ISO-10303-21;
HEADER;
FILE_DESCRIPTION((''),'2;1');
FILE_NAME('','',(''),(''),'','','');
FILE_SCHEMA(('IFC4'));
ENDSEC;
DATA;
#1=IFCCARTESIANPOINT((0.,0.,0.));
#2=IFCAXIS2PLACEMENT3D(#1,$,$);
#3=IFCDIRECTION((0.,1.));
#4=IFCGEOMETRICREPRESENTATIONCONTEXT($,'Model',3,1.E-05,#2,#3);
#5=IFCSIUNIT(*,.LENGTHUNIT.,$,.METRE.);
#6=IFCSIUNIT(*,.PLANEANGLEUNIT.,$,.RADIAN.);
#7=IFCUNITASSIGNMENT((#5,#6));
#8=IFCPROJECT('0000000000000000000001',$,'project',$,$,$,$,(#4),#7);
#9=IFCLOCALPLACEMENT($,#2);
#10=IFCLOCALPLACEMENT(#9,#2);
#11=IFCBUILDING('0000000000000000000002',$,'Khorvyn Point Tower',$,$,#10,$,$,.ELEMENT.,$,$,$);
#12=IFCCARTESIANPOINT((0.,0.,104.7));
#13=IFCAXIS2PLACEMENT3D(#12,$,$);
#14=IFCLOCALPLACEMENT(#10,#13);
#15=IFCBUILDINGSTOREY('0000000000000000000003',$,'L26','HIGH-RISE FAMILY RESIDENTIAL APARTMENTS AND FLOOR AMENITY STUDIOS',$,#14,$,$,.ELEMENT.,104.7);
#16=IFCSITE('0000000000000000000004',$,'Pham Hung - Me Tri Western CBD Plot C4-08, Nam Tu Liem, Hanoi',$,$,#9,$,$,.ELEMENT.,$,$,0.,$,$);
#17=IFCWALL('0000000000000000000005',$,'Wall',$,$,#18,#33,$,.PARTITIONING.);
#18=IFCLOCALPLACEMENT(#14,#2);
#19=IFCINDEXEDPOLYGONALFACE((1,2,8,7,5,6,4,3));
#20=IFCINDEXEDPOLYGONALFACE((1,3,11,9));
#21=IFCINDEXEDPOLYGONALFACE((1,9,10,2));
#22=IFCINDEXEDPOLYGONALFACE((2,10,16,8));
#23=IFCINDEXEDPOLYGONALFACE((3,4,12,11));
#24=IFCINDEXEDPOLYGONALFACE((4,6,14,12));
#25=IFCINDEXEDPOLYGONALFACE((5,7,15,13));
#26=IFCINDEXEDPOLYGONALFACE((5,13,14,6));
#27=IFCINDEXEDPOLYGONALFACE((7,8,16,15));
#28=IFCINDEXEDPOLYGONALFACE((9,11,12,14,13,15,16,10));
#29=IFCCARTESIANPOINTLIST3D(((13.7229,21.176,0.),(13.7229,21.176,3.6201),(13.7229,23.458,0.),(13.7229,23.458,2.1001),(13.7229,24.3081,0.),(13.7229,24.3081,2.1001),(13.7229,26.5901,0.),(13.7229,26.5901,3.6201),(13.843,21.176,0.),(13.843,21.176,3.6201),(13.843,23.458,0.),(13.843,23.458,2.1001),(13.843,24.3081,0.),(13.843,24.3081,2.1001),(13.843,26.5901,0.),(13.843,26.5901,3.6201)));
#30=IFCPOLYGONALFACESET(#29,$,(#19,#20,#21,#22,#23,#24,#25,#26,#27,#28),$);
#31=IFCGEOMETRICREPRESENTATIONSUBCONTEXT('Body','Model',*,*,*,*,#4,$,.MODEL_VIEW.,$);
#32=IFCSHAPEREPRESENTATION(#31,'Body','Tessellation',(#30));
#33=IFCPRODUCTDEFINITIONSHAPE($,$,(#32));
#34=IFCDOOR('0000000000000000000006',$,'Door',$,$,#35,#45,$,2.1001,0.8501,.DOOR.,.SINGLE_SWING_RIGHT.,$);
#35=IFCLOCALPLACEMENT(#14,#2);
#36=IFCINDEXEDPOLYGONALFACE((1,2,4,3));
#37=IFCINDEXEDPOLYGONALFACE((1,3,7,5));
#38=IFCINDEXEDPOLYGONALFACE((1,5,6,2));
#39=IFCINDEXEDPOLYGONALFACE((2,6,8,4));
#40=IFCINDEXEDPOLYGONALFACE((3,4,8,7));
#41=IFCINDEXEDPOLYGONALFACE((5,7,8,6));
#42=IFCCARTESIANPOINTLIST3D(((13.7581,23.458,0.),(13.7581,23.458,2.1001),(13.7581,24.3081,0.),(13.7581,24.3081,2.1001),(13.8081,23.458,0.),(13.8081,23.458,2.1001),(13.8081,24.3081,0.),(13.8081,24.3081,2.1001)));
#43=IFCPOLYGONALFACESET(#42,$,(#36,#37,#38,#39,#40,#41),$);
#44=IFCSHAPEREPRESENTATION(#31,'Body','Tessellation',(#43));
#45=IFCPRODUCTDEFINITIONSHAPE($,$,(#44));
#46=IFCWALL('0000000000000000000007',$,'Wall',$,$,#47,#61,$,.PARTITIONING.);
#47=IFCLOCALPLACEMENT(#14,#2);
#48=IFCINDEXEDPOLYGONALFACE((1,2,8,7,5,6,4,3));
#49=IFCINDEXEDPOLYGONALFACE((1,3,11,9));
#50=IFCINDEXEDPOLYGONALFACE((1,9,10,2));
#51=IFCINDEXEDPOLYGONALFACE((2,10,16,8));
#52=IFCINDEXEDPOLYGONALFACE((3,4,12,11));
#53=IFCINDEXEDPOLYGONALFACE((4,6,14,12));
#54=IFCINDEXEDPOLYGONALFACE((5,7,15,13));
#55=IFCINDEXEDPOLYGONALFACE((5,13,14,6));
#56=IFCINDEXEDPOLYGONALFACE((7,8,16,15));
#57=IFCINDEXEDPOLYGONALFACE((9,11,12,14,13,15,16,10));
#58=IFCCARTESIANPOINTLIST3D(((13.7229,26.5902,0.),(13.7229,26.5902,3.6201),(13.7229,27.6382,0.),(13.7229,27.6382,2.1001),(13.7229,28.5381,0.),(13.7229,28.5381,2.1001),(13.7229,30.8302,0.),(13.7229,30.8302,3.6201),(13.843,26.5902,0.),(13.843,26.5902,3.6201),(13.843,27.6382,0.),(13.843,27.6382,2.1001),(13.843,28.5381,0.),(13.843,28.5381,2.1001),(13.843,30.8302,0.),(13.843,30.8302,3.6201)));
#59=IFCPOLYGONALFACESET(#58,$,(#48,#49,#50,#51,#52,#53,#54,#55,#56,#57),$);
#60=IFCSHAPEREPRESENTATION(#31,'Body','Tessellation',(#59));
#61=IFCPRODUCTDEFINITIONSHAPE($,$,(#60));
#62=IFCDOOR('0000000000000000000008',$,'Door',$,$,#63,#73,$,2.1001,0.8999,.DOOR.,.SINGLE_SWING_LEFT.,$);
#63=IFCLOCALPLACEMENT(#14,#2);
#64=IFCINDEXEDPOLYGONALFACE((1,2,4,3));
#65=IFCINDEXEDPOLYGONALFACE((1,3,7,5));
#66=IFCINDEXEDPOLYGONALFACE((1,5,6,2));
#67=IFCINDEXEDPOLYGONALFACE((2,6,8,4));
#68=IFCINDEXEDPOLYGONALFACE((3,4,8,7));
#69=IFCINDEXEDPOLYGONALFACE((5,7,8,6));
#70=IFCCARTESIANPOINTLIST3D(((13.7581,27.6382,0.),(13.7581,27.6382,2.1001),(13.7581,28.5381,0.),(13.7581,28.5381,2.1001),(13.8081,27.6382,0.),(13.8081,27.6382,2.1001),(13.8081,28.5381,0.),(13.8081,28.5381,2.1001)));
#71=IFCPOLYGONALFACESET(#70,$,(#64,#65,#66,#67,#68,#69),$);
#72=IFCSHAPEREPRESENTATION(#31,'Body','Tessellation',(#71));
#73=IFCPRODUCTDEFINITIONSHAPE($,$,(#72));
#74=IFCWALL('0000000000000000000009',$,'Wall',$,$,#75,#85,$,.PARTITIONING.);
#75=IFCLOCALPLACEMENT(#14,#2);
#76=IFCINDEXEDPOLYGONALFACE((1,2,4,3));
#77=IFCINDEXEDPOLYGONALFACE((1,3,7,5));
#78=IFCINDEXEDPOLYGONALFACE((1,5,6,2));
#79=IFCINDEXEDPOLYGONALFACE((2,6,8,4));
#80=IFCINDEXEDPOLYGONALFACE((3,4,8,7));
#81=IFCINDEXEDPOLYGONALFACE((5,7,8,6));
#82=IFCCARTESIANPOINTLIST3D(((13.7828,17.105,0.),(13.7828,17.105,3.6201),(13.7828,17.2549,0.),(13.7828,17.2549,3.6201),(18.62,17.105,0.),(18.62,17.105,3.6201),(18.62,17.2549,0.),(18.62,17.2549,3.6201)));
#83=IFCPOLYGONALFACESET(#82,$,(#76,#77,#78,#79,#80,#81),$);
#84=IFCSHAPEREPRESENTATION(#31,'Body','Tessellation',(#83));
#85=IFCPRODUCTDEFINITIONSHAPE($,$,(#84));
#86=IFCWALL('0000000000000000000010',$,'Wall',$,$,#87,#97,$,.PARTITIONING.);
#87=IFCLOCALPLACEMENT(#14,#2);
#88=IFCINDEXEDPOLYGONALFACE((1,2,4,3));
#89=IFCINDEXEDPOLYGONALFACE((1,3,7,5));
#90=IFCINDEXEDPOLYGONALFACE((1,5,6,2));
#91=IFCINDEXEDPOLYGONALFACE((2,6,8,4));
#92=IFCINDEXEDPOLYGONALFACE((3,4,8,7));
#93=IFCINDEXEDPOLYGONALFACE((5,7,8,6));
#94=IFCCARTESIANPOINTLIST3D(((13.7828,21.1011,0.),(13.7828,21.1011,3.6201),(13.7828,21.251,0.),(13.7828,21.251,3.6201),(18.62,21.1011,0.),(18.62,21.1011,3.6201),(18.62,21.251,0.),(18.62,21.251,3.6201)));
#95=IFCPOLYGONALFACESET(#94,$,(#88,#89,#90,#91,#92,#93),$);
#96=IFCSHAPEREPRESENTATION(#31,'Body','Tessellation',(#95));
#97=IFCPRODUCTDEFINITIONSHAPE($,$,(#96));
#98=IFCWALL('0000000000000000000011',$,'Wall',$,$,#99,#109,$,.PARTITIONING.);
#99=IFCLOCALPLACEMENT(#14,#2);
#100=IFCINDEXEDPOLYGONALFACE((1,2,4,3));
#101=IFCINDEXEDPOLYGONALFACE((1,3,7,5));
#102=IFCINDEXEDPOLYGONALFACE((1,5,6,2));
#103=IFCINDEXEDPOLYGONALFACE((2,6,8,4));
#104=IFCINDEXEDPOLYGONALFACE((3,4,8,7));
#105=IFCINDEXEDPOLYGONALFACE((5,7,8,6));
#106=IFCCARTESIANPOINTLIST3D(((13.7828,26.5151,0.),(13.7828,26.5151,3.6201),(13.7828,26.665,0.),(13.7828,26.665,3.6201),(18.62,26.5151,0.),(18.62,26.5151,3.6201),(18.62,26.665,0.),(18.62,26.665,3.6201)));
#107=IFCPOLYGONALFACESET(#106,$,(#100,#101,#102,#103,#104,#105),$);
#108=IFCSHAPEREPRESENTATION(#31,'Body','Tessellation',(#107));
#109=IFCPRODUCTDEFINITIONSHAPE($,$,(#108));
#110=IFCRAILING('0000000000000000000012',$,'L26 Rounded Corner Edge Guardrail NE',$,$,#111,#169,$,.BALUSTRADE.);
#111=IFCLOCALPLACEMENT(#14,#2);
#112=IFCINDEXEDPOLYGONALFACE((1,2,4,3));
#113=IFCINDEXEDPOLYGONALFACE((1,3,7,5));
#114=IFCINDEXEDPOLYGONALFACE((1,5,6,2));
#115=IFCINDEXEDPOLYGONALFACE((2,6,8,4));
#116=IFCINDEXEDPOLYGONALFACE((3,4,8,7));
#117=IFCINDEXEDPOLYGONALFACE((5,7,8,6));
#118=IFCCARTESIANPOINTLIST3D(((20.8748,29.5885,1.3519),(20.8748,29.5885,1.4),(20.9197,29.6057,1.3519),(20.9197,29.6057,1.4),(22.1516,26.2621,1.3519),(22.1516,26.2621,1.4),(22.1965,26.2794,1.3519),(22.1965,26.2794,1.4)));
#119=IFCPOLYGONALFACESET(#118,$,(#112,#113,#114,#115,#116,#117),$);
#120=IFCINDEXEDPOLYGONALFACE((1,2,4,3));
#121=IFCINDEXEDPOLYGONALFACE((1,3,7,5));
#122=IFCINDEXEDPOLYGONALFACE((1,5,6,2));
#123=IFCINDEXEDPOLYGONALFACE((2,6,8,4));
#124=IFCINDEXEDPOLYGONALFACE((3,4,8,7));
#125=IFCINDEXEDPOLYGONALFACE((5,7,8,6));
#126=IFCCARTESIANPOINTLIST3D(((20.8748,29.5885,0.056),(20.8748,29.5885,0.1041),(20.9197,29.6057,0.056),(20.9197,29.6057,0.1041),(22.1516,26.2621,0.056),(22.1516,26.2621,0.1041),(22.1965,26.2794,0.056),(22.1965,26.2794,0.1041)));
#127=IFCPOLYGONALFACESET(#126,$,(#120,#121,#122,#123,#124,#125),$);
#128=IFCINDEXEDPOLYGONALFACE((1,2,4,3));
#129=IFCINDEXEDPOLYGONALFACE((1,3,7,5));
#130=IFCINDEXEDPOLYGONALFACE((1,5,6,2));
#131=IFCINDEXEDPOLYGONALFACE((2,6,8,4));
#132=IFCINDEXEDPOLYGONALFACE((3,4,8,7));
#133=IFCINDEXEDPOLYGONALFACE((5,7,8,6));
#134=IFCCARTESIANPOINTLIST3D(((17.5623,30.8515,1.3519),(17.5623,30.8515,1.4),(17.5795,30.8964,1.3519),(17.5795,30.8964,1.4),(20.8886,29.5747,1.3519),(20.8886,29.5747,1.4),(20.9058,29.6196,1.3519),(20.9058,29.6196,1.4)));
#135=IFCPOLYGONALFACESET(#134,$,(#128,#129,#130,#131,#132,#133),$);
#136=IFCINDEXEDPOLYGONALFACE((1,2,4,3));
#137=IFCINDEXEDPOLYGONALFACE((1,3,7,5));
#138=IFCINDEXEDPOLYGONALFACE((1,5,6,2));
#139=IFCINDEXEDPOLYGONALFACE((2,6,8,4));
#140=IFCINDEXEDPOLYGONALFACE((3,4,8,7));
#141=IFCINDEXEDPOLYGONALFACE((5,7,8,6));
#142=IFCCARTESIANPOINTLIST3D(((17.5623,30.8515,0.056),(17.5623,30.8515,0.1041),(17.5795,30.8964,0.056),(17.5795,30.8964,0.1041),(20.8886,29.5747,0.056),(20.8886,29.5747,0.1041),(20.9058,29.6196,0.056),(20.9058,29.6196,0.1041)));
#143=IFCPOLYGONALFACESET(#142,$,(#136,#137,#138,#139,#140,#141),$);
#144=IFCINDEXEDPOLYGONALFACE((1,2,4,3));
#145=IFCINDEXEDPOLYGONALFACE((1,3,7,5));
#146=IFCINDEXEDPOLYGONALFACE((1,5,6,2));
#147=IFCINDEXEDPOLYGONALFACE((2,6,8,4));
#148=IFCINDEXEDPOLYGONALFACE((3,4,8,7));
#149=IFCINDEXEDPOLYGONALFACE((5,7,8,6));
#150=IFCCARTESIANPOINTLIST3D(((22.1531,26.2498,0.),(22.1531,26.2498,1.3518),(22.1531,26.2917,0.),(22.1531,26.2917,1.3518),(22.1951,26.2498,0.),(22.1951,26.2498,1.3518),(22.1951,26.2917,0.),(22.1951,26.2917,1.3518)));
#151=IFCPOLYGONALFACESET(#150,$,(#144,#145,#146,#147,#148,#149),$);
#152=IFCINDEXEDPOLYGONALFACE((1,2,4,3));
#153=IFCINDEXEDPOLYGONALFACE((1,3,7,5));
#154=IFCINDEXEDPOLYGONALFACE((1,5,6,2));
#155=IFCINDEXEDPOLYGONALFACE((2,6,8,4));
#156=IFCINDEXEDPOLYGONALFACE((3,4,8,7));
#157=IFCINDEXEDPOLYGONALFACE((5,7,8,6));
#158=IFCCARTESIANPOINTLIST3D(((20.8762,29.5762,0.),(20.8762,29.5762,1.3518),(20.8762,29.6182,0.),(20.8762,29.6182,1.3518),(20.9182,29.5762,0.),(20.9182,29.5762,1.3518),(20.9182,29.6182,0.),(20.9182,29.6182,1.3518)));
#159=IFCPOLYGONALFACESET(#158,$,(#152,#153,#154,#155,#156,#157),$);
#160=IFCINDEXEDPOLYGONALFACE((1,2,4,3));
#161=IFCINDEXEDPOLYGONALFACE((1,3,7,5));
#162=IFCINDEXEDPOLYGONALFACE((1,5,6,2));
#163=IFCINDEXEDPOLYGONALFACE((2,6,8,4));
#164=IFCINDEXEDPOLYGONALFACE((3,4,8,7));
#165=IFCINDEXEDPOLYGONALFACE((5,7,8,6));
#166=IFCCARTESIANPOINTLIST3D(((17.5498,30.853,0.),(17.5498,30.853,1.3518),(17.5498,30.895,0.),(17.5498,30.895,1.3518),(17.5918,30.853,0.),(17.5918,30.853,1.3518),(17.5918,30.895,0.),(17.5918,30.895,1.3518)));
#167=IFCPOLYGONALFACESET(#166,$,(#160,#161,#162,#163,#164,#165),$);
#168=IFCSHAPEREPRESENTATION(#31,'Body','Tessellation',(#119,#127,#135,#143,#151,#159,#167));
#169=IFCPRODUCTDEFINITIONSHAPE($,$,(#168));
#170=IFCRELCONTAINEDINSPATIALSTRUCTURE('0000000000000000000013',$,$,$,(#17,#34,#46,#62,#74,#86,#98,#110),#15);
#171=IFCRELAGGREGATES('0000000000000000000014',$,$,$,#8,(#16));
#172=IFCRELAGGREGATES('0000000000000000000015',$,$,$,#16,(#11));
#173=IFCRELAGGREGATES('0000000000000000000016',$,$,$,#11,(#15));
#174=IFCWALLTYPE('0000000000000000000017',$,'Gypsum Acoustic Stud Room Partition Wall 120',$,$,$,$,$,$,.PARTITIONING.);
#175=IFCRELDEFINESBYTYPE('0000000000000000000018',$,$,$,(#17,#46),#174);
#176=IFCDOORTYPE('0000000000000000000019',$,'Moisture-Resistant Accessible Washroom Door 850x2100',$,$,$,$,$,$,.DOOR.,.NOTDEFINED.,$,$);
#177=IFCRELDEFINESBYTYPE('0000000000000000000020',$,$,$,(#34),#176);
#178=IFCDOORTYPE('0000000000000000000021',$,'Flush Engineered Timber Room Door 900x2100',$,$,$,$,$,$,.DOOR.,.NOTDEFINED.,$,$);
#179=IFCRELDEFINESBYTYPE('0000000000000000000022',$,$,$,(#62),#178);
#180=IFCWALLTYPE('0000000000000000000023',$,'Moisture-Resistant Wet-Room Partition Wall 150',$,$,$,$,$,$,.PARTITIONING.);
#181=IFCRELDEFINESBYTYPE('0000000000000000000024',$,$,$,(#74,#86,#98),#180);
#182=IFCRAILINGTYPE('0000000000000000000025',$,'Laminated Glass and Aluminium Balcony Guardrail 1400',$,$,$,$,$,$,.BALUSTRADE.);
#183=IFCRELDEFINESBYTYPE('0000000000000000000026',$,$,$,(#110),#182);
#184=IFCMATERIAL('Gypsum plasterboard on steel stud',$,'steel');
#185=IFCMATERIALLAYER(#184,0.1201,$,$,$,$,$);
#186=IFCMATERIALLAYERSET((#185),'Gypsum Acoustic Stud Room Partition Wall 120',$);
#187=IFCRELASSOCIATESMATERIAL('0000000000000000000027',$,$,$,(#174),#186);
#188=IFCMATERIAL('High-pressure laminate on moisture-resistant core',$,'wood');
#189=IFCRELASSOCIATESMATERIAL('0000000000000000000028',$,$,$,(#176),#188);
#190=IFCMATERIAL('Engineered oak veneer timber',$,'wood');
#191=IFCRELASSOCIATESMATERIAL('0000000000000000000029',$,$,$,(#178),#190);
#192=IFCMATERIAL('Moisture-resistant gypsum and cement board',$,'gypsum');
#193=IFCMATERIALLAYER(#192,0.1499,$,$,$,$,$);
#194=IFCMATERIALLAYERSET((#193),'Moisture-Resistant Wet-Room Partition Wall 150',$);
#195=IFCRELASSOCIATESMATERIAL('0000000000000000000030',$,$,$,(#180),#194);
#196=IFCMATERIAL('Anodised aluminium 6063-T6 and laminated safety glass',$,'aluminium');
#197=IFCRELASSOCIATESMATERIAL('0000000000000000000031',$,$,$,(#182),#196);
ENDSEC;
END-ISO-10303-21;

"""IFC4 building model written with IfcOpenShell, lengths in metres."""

from ifc_helpers import new_model, si_unit, direction, frame, frame_2d, origin, origin_2d, place, context, subcontext, project, spatial, rectangle, extrude, material, layer, layer_set, type_object, element, fill, save


model = new_model("IFC4")

# Units and contexts
model_context = context("Model", 3, precision=1e-05, world=origin(), true_north=direction((0.0, 1.0)))
body_context = subcontext(model_context, "Body", "Model", "MODEL_VIEW")
ifc_project = project(units=[si_unit("LENGTHUNIT", "METRE"), si_unit("PLANEANGLEUNIT", "RADIAN")], contexts=[model_context])

# Site, building, storey
site_placement = place(None, origin())
site = spatial("IfcSite", under=ifc_project, at=site_placement, Name="Pham Hung - Me Tri Western CBD Plot C4-08, Nam Tu Liem, Hanoi", CompositionType="ELEMENT", RefElevation=0.0)
building_placement = place(site_placement, origin())
building = spatial("IfcBuilding", under=site, at=building_placement, Name="Khorvyn Point Tower", CompositionType="ELEMENT")
storey_placement = place(building_placement, frame((0.0, 0.0, 104.7)))
storey = spatial("IfcBuildingStorey", under=building, at=storey_placement, Name="L26", Description="HIGH-RISE FAMILY RESIDENTIAL APARTMENTS AND FLOOR AMENITY STUDIOS", CompositionType="ELEMENT", Elevation=104.7)

# Walls, openings, doors
ifc_material_1 = material(Name="Gypsum plasterboard on steel stud", Category="steel")
ifc_layer_1 = layer(ifc_material_1, 0.1201)
ifc_layer_set_1 = layer_set([ifc_layer_1], Name="Gypsum Acoustic Stud Room Partition Wall 120")
wall_type_1 = type_object("IfcWallType", Name="Gypsum Acoustic Stud Room Partition Wall 120", PredefinedType="PARTITIONING", material=ifc_layer_set_1)
wall_1_placement = place(storey_placement, frame((13.783, 21.176, 0.0), z_axis=(0.0, 0.0, 1.0), x_axis=(0.0, 1.0, 0.0)))
wall_1 = element("IfcWall", 1, at=wall_1_placement, inside=storey, type_object=wall_type_1, Name="Wall", PredefinedType="PARTITIONING", context=body_context, shape_type="SweptSolid", body=[
    extrude(rectangle(XDim=5.4141, YDim=0.1201, at=frame_2d((2.707, 0.0))), origin(), (0.0, 0.0, 1.0), 3.6201),
])
opening_1_placement = place(wall_1_placement, frame((2.282, 0.0, 0.0)))
opening_1 = element("IfcOpeningElement", 2, at=opening_1_placement, cuts=wall_1, PredefinedType="OPENING", context=body_context, shape_type="SweptSolid", body=[
    extrude(rectangle(XDim=0.8501, YDim=2.1001, at=frame_2d((0.425, 1.05))), frame((0.0, 0.0701, 0.0), z_axis=(0.0, -1.0, 0.0), x_axis=(1.0, 0.0, 0.0)), (0.0, 0.0, 1.0), 0.1401),
])
ifc_material_2 = material(Name="High-pressure laminate on moisture-resistant core", Category="wood")
door_type_1 = type_object("IfcDoorType", Name="Moisture-Resistant Accessible Washroom Door 850x2100", OperationType="NOTDEFINED", PredefinedType="DOOR", material=ifc_material_2)
door_1_placement = place(opening_1_placement, origin())
door_1 = element("IfcDoor", 3, at=door_1_placement, inside=storey, type_object=door_type_1, Name="Door", OperationType="SINGLE_SWING_RIGHT", OverallHeight=2.1001, OverallWidth=0.8501, PredefinedType="DOOR", context=body_context, shape_type="SweptSolid", body=[
    extrude(rectangle(XDim=0.8501, YDim=2.1001, at=frame_2d((0.425, 1.05))), frame((0.0, 0.0249, 0.0), z_axis=(0.0, -1.0, 0.0), x_axis=(1.0, 0.0, 0.0)), (0.0, 0.0, 1.0), 0.05),
])
fill(opening_1, door_1)
wall_2_placement = place(storey_placement, frame((13.783, 26.5901, 0.0), z_axis=(0.0, 0.0, 1.0), x_axis=(0.0, 1.0, 0.0)))
wall_2 = element("IfcWall", 4, at=wall_2_placement, inside=storey, type_object=wall_type_1, Name="Wall", PredefinedType="PARTITIONING", context=body_context, shape_type="SweptSolid", body=[
    extrude(rectangle(XDim=4.24, YDim=0.1201, at=frame_2d((2.1201, 0.0))), origin(), (0.0, 0.0, 1.0), 3.6201),
])
opening_2_placement = place(wall_2_placement, frame((1.0481, 0.0, 0.0)))
opening_2 = element("IfcOpeningElement", 5, at=opening_2_placement, cuts=wall_2, PredefinedType="OPENING", context=body_context, shape_type="SweptSolid", body=[
    extrude(rectangle(XDim=0.8999, YDim=2.1001, at=frame_2d((0.45, 1.05))), frame((0.0, 0.0701, 0.0), z_axis=(0.0, -1.0, 0.0), x_axis=(1.0, 0.0, 0.0)), (0.0, 0.0, 1.0), 0.1401),
])
ifc_material_3 = material(Name="Engineered oak veneer timber", Category="wood")
door_type_2 = type_object("IfcDoorType", Name="Flush Engineered Timber Room Door 900x2100", OperationType="NOTDEFINED", PredefinedType="DOOR", material=ifc_material_3)
door_2_placement = place(opening_2_placement, origin())
door_2 = element("IfcDoor", 6, at=door_2_placement, inside=storey, type_object=door_type_2, Name="Door", OperationType="SINGLE_SWING_LEFT", OverallHeight=2.1001, OverallWidth=0.8999, PredefinedType="DOOR", context=body_context, shape_type="SweptSolid", body=[
    extrude(rectangle(XDim=0.8999, YDim=2.1001, at=frame_2d((0.45, 1.05))), frame((0.0, 0.0249, 0.0), z_axis=(0.0, -1.0, 0.0), x_axis=(1.0, 0.0, 0.0)), (0.0, 0.0, 1.0), 0.05),
])
fill(opening_2, door_2)

# Walls
ifc_material_4 = material(Name="Moisture-resistant gypsum and cement board", Category="gypsum")
ifc_layer_2 = layer(ifc_material_4, 0.1499)
ifc_layer_set_2 = layer_set([ifc_layer_2], Name="Moisture-Resistant Wet-Room Partition Wall 150")
wall_type_2 = type_object("IfcWallType", Name="Moisture-Resistant Wet-Room Partition Wall 150", PredefinedType="PARTITIONING", material=ifc_layer_set_2)
for number, where, z_axis, x_axis, name in (
    (7, (13.783, 17.1799, 0.0), (0.0, 0.0, 1.0), (1.0, 0.0, 0.0), "Wall"),
    (8, (13.783, 21.176, 0.0), (0.0, 0.0, 1.0), (1.0, 0.0, 0.0), "Wall"),
    (9, (13.783, 26.5901, 0.0), (0.0, 0.0, 1.0), (1.0, 0.0, 0.0), "Wall"),
):
    element("IfcWall", number, at=place(storey_placement, frame(where, z_axis=z_axis, x_axis=x_axis)), inside=storey, type_object=wall_type_2, Name=name, PredefinedType="PARTITIONING", context=body_context, shape_type="SweptSolid", body=[
        extrude(rectangle(XDim=4.8372, YDim=0.1499, at=frame_2d((2.4185, 0.0))), origin(), (0.0, 0.0, 1.0), 3.6201),
    ])

# Railing
ifc_material_5 = material(Name="Anodised aluminium 6063-T6 and laminated safety glass", Category="aluminium")
railing_type = type_object("IfcRailingType", Name="Laminated Glass and Aluminium Balcony Guardrail 1400", PredefinedType="BALUSTRADE", material=ifc_material_5)
railing_placement = place(storey_placement, frame((22.1741, 26.2708, 0.0)))
element("IfcRailing", 10, at=railing_placement, inside=storey, type_object=railing_type, Name="L26 Rounded Corner Edge Guardrail NE", PredefinedType="BALUSTRADE", context=body_context, shape_type="SweptSolid", body=[
    extrude(rectangle(XDim=0.0481, YDim=0.0481, at=origin_2d()), frame((0.0, 0.0, 1.376), z_axis=(-0.358359, 0.933584, 0.0), x_axis=(-0.933584, -0.358359, 0.0)), (0.0, 0.0, 1.0), 3.563),
    extrude(rectangle(XDim=0.0481, YDim=0.0481, at=origin_2d()), frame((0.0, 0.0, 0.0801), z_axis=(-0.358359, 0.933584, 0.0), x_axis=(-0.933584, -0.358359, 0.0)), (0.0, 0.0, 1.0), 3.563),
    extrude(rectangle(XDim=0.0481, YDim=0.0481, at=origin_2d()), frame((-1.2769, 3.3264, 1.376), z_axis=(-0.933584, 0.358359, 0.0), x_axis=(-0.358359, -0.933584, 0.0)), (0.0, 0.0, 1.0), 3.563),
    extrude(rectangle(XDim=0.0481, YDim=0.0481, at=origin_2d()), frame((-1.2769, 3.3264, 0.0801), z_axis=(-0.933584, 0.358359, 0.0), x_axis=(-0.358359, -0.933584, 0.0)), (0.0, 0.0, 1.0), 3.563),
    extrude(rectangle(XDim=0.042, YDim=0.042, at=origin_2d()), origin(), (0.0, 0.0, 1.0), 1.3518),
    extrude(rectangle(XDim=0.042, YDim=0.042, at=origin_2d()), frame((-1.2769, 3.3264, 0.0)), (0.0, 0.0, 1.0), 1.3518),
    extrude(rectangle(XDim=0.042, YDim=0.042, at=origin_2d()), frame((-4.6033, 4.6033, 0.0)), (0.0, 0.0, 1.0), 1.3518),
])

save(model, "model.ifc")
